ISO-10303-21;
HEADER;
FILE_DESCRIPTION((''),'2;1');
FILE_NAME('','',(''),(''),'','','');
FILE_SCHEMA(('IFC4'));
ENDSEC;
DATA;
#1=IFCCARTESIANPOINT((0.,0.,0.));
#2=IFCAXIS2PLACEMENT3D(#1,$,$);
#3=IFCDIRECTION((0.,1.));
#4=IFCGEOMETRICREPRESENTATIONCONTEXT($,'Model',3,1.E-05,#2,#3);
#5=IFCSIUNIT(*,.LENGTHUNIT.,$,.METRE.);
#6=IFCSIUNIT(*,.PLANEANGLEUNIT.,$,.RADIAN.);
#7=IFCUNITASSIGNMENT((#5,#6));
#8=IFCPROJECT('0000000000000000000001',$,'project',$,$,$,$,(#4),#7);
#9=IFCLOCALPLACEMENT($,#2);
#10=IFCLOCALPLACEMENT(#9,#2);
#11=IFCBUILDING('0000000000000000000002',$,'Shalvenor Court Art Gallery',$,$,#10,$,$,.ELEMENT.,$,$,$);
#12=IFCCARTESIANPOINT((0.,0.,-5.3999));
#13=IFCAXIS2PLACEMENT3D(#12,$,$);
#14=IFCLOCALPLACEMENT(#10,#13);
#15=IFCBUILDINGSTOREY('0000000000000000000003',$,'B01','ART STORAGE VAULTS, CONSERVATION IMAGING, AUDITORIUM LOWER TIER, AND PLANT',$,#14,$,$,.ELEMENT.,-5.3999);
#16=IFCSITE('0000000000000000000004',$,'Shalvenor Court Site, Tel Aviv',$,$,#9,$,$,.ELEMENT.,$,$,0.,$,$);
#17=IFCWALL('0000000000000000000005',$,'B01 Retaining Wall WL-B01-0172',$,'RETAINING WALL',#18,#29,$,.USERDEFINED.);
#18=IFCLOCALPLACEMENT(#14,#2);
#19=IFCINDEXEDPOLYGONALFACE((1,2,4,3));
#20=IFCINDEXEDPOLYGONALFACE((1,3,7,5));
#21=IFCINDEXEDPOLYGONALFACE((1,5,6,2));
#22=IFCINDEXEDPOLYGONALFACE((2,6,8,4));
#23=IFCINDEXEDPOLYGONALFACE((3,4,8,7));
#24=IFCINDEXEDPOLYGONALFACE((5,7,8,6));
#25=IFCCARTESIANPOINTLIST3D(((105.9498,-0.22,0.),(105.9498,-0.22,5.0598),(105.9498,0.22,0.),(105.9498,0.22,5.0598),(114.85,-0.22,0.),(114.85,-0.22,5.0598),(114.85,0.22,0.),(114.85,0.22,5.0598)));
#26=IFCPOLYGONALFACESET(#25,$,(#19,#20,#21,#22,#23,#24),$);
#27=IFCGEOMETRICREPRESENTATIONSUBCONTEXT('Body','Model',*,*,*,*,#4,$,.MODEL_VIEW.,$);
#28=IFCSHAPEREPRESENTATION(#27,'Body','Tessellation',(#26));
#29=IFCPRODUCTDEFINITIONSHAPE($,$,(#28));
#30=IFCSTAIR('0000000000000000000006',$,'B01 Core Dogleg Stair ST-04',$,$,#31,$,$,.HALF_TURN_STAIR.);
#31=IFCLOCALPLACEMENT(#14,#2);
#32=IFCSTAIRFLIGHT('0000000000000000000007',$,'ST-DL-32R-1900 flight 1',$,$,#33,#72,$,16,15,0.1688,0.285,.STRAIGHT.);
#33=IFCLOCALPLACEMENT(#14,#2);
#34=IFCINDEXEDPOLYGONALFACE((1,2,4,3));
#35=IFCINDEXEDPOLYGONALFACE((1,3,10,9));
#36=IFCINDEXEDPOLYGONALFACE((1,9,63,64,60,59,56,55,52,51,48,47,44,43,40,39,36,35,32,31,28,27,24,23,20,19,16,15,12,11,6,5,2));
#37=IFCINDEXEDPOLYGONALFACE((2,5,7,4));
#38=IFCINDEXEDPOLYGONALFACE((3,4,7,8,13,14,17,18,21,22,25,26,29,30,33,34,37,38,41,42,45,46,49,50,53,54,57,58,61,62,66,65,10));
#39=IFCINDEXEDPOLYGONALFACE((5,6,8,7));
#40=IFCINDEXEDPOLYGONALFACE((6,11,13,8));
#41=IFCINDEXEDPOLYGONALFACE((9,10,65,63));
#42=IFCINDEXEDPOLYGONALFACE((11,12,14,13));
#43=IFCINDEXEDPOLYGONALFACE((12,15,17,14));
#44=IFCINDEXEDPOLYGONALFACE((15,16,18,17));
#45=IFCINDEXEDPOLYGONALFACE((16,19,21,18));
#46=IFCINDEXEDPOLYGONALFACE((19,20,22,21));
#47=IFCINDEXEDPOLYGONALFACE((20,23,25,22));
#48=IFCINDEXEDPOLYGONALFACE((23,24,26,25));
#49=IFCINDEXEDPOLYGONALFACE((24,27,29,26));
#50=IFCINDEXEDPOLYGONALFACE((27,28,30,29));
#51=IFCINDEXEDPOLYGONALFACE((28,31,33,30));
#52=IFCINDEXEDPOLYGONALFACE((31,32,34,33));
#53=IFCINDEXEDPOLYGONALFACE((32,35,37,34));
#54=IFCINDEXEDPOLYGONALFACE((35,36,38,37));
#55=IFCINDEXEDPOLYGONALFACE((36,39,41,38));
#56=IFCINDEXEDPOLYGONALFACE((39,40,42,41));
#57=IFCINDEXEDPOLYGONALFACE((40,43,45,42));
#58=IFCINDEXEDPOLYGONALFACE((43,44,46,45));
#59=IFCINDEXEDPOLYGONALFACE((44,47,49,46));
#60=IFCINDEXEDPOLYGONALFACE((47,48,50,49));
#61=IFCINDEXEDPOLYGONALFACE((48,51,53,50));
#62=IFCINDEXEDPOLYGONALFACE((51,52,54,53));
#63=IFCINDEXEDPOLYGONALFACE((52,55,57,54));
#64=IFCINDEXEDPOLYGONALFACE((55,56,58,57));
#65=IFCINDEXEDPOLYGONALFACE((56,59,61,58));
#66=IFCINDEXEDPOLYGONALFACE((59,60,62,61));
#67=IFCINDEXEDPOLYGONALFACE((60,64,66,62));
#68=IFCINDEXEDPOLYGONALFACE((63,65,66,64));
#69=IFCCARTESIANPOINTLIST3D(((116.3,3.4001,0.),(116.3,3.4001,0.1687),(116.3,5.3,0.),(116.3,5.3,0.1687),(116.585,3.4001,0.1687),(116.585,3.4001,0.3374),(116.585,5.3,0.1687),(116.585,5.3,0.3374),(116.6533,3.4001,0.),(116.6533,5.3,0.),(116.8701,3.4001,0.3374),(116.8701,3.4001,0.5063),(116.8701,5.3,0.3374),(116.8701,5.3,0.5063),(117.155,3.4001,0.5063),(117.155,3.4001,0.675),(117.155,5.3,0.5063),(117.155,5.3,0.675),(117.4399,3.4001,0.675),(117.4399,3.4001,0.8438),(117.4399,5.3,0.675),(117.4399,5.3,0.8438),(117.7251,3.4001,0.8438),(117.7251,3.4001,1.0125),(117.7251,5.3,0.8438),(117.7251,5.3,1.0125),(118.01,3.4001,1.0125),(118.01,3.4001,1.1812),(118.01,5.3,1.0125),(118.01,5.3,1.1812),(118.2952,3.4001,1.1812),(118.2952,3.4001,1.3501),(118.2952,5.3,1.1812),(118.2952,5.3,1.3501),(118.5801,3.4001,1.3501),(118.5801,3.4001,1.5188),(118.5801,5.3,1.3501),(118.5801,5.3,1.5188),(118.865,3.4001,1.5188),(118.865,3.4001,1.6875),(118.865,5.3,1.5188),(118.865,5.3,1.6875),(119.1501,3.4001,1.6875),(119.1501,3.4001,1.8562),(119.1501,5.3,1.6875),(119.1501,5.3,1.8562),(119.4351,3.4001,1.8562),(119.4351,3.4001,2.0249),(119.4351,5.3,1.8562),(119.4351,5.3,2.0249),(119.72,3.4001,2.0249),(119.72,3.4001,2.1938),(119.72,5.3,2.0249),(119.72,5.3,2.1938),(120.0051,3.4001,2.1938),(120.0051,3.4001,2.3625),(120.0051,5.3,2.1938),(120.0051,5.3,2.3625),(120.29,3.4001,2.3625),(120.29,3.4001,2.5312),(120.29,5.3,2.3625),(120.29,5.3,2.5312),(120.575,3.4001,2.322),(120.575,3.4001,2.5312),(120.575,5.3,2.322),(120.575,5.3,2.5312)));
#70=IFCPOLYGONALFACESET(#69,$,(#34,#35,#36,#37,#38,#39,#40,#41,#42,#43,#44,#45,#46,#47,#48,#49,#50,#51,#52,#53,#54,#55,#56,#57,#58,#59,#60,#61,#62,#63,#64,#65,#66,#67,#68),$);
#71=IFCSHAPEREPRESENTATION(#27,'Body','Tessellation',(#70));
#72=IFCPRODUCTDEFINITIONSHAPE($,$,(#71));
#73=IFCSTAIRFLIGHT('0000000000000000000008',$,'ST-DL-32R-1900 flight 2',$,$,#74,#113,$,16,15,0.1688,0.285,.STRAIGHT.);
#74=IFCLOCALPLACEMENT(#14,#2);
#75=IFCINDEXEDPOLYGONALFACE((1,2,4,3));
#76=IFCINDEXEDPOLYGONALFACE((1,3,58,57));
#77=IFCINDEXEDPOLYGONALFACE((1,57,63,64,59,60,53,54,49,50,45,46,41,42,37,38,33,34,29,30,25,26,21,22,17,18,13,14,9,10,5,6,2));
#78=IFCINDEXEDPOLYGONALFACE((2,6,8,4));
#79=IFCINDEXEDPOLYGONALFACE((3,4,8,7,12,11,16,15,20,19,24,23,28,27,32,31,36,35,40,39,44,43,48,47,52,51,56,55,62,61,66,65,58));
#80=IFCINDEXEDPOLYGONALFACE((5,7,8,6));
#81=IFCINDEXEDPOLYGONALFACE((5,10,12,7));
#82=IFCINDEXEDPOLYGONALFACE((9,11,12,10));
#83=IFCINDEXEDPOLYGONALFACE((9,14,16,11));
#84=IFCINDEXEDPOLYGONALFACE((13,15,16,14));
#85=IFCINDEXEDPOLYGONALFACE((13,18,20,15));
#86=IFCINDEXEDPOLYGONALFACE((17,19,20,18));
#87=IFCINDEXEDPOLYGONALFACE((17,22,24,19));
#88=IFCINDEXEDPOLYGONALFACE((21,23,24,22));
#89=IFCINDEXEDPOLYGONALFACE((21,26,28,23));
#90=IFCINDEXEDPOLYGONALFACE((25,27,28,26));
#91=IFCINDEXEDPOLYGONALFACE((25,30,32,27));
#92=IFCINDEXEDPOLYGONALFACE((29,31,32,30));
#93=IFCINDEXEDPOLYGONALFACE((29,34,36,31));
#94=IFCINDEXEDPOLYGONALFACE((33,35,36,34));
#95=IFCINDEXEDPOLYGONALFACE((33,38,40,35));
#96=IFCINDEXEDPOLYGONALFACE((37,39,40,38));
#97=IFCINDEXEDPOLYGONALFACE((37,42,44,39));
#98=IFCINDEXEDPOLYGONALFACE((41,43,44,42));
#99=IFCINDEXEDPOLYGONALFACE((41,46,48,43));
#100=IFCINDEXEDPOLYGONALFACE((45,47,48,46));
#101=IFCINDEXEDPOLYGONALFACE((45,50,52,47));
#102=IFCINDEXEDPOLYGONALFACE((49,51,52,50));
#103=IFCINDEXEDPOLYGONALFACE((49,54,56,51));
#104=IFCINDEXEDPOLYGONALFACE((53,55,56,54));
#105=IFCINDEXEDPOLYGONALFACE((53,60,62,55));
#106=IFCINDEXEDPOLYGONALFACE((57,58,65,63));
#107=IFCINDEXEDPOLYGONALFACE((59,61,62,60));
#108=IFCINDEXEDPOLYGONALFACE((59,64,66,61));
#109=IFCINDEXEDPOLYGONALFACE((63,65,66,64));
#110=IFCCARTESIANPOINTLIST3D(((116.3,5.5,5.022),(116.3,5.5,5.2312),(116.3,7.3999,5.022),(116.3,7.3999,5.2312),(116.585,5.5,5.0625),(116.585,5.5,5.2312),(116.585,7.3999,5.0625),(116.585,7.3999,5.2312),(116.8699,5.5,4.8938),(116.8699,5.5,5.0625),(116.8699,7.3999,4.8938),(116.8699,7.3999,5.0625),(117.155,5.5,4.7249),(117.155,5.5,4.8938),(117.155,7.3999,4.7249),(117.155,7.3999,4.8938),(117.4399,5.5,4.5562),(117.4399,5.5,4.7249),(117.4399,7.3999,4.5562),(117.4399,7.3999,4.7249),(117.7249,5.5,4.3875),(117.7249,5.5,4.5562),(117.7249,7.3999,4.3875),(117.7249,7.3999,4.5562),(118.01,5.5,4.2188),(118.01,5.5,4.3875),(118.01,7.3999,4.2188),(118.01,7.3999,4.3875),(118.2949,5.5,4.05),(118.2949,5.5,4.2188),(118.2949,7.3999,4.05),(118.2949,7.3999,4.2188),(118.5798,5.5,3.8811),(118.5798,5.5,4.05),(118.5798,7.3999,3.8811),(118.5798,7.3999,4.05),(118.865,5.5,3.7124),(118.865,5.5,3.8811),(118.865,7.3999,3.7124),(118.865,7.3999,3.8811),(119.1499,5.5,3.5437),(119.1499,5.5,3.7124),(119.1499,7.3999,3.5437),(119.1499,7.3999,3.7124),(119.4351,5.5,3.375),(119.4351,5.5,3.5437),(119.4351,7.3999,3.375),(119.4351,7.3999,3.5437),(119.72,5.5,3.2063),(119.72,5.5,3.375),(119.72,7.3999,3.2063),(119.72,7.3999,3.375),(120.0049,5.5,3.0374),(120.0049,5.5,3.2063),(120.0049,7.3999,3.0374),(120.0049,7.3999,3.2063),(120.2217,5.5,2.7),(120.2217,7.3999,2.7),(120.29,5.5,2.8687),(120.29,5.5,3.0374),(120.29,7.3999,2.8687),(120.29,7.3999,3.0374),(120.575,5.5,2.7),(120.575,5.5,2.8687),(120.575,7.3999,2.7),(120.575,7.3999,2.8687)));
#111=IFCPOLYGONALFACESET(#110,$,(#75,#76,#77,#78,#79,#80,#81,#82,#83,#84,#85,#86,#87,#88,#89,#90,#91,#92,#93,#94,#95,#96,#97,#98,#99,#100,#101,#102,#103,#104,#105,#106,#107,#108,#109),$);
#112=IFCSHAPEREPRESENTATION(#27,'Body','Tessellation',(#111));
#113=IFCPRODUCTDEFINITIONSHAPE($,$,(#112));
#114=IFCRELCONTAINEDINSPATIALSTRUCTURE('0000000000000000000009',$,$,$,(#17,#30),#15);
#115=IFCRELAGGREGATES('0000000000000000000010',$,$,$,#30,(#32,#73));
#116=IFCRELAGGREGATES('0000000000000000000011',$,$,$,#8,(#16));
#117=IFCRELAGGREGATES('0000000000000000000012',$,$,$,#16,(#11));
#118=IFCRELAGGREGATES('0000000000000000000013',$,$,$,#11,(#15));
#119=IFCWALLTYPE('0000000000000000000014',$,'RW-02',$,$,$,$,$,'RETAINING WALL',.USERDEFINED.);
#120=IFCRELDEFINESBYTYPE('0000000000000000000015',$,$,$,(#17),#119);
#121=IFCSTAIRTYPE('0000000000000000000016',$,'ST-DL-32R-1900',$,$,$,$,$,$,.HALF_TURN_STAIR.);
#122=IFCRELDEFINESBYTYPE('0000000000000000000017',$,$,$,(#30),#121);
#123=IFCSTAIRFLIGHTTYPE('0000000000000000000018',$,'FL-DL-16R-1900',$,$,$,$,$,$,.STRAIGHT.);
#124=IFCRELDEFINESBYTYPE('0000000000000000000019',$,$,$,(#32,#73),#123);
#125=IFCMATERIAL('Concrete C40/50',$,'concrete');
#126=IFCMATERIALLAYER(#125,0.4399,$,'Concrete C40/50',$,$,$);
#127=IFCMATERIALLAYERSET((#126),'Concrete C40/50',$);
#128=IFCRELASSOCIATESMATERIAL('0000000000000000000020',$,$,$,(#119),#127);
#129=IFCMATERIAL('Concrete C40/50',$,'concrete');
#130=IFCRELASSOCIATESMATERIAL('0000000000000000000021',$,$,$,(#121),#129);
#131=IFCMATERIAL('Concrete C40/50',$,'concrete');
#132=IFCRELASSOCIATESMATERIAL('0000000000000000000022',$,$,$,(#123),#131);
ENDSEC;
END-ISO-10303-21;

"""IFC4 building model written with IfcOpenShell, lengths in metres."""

from ifc_helpers import new_model, si_unit, direction, frame, frame_2d, origin, place, context, subcontext, project, spatial, polyline, rectangle, outline, extrude, material, layer, layer_set, type_object, element, aggregate, save


model = new_model("IFC4")

# Units and contexts
model_context = context("Model", 3, precision=1e-05, world=origin(), true_north=direction((0.0, 1.0)))
body_context = subcontext(model_context, "Body", "Model", "MODEL_VIEW")
ifc_project = project(units=[si_unit("LENGTHUNIT", "METRE"), si_unit("PLANEANGLEUNIT", "RADIAN")], contexts=[model_context])

# Site, building, storey
site_placement = place(None, origin())
site = spatial("IfcSite", under=ifc_project, at=site_placement, Name="Shalvenor Court Site, Tel Aviv", CompositionType="ELEMENT", RefElevation=0.0)
building_placement = place(site_placement, origin())
building = spatial("IfcBuilding", under=site, at=building_placement, Name="Shalvenor Court Art Gallery", CompositionType="ELEMENT")
storey_placement = place(building_placement, frame((0.0, 0.0, -5.3999)))
storey = spatial("IfcBuildingStorey", under=building, at=storey_placement, Name="B01", Description="ART STORAGE VAULTS, CONSERVATION IMAGING, AUDITORIUM LOWER TIER, AND PLANT", CompositionType="ELEMENT", Elevation=-5.3999)

# Wall
ifc_material_1 = material(Name="Concrete C40/50", Category="concrete")
ifc_layer_1 = layer(ifc_material_1, 0.4399, Name="Concrete C40/50")
ifc_layer_set_1 = layer_set([ifc_layer_1], Name="Concrete C40/50")
wall_type_1 = type_object("IfcWallType", Name="RW-02", ElementType="RETAINING WALL", PredefinedType="USERDEFINED", material=ifc_layer_set_1)
wall_1_placement = place(storey_placement, frame((114.8501, 0.0, 0.0), z_axis=(0.0, 0.0, 1.0), x_axis=(-1.0, 0.0, 0.0)))
element("IfcWall", 1, at=wall_1_placement, inside=storey, type_object=wall_type_1, Name="B01 Retaining Wall WL-B01-0172", ObjectType="RETAINING WALL", PredefinedType="USERDEFINED", context=body_context, shape_type="SweptSolid", body=[
    extrude(rectangle(XDim=8.9001, YDim=0.4399, at=frame_2d((4.4502, 0.0))), origin(), (0.0, 0.0, 1.0), 5.0598),
])

# Stair, stair flights
ifc_material_2 = material(Name="Concrete C40/50", Category="concrete")
stair_type = type_object("IfcStairType", Name="ST-DL-32R-1900", PredefinedType="HALF_TURN_STAIR", material=ifc_material_2)
stair_placement = place(storey_placement, origin())
stair = element("IfcStair", 2, at=stair_placement, inside=storey, type_object=stair_type, Name="B01 Core Dogleg Stair ST-04", PredefinedType="HALF_TURN_STAIR")
ifc_material_3 = material(Name="Concrete C40/50", Category="concrete")
stair_flight_type = type_object("IfcStairFlightType", Name="FL-DL-16R-1900", PredefinedType="STRAIGHT", material=ifc_material_3)
stair_flight_1_placement = place(storey_placement, frame((116.3, 4.3501, 0.0), z_axis=(0.0, 0.0, 1.0), x_axis=(1.0, 0.0, 0.0)))
stair_flight_1 = element("IfcStairFlight", 3, at=stair_flight_1_placement, type_object=stair_flight_type, Name="ST-DL-32R-1900 flight 1", NumberOfRisers=16, NumberOfTreads=15, PredefinedType="STRAIGHT", RiserHeight=0.1688, TreadLength=0.285, context=body_context, shape_type="SweptSolid", body=[
    extrude(outline(polyline([(0.0, 0.0), (0.0, 0.1687), (0.2849, 0.1687), (0.2849, 0.3374), (0.5701, 0.3374), (0.5701, 0.5063), (0.855, 0.5063), (0.855, 0.675), (1.1399, 0.675), (1.1399, 0.8438), (1.425, 0.8438), (1.425, 1.0125), (1.71, 1.0125), (1.71, 1.1812), (1.9951, 1.1812), (1.9951, 1.3501), (2.28, 1.3501), (2.28, 1.5188), (2.5649, 1.5188), (2.5649, 1.6875), (2.8501, 1.6875), (2.8501, 1.8562), (3.135, 1.8562), (3.135, 2.0249), (3.4199, 2.0249), (3.4199, 2.1938), (3.7051, 2.1938), (3.7051, 2.3625), (3.99, 2.3625), (3.99, 2.5312), (4.2749, 2.5312), (4.2749, 2.7), (4.2749, 2.322), (0.3533, 0.0), (0.0, 0.0)])), frame((0.0, 0.95, 0.0), z_axis=(0.0, -1.0, 0.0), x_axis=(1.0, 0.0, 0.0)), (0.0, 0.0, 1.0), 1.8999),
])
stair_flight_2_placement = place(storey_placement, frame((120.575, 6.45, 2.7), z_axis=(0.0, 0.0, 1.0), x_axis=(-1.0, 0.0, 0.0)))
stair_flight_2 = element("IfcStairFlight", 4, at=stair_flight_2_placement, type_object=stair_flight_type, Name="ST-DL-32R-1900 flight 2", NumberOfRisers=16, NumberOfTreads=15, PredefinedType="STRAIGHT", RiserHeight=0.1688, TreadLength=0.285, context=body_context, shape_type="SweptSolid", body=[
    extrude(outline(polyline([(0.0, 0.0), (0.0, 0.1687), (0.2849, 0.1687), (0.2849, 0.3374), (0.5701, 0.3374), (0.5701, 0.5063), (0.855, 0.5063), (0.855, 0.675), (1.1399, 0.675), (1.1399, 0.8438), (1.425, 0.8438), (1.425, 1.0125), (1.71, 1.0125), (1.71, 1.1812), (1.9951, 1.1812), (1.9951, 1.3501), (2.28, 1.3501), (2.28, 1.5188), (2.5649, 1.5188), (2.5649, 1.6875), (2.8501, 1.6875), (2.8501, 1.8562), (3.135, 1.8562), (3.135, 2.0249), (3.4199, 2.0249), (3.4199, 2.1938), (3.7051, 2.1938), (3.7051, 2.3625), (3.99, 2.3625), (3.99, 2.5312), (4.2749, 2.5312), (4.2749, 2.7), (4.2749, 2.322), (0.3533, 0.0), (0.0, 0.0)])), frame((0.0, 0.95, 0.0), z_axis=(0.0, -1.0, 0.0), x_axis=(1.0, 0.0, 0.0)), (0.0, 0.0, 1.0), 1.8999),
])
aggregate(stair, [stair_flight_1, stair_flight_2])

save(model, "model.ifc")
